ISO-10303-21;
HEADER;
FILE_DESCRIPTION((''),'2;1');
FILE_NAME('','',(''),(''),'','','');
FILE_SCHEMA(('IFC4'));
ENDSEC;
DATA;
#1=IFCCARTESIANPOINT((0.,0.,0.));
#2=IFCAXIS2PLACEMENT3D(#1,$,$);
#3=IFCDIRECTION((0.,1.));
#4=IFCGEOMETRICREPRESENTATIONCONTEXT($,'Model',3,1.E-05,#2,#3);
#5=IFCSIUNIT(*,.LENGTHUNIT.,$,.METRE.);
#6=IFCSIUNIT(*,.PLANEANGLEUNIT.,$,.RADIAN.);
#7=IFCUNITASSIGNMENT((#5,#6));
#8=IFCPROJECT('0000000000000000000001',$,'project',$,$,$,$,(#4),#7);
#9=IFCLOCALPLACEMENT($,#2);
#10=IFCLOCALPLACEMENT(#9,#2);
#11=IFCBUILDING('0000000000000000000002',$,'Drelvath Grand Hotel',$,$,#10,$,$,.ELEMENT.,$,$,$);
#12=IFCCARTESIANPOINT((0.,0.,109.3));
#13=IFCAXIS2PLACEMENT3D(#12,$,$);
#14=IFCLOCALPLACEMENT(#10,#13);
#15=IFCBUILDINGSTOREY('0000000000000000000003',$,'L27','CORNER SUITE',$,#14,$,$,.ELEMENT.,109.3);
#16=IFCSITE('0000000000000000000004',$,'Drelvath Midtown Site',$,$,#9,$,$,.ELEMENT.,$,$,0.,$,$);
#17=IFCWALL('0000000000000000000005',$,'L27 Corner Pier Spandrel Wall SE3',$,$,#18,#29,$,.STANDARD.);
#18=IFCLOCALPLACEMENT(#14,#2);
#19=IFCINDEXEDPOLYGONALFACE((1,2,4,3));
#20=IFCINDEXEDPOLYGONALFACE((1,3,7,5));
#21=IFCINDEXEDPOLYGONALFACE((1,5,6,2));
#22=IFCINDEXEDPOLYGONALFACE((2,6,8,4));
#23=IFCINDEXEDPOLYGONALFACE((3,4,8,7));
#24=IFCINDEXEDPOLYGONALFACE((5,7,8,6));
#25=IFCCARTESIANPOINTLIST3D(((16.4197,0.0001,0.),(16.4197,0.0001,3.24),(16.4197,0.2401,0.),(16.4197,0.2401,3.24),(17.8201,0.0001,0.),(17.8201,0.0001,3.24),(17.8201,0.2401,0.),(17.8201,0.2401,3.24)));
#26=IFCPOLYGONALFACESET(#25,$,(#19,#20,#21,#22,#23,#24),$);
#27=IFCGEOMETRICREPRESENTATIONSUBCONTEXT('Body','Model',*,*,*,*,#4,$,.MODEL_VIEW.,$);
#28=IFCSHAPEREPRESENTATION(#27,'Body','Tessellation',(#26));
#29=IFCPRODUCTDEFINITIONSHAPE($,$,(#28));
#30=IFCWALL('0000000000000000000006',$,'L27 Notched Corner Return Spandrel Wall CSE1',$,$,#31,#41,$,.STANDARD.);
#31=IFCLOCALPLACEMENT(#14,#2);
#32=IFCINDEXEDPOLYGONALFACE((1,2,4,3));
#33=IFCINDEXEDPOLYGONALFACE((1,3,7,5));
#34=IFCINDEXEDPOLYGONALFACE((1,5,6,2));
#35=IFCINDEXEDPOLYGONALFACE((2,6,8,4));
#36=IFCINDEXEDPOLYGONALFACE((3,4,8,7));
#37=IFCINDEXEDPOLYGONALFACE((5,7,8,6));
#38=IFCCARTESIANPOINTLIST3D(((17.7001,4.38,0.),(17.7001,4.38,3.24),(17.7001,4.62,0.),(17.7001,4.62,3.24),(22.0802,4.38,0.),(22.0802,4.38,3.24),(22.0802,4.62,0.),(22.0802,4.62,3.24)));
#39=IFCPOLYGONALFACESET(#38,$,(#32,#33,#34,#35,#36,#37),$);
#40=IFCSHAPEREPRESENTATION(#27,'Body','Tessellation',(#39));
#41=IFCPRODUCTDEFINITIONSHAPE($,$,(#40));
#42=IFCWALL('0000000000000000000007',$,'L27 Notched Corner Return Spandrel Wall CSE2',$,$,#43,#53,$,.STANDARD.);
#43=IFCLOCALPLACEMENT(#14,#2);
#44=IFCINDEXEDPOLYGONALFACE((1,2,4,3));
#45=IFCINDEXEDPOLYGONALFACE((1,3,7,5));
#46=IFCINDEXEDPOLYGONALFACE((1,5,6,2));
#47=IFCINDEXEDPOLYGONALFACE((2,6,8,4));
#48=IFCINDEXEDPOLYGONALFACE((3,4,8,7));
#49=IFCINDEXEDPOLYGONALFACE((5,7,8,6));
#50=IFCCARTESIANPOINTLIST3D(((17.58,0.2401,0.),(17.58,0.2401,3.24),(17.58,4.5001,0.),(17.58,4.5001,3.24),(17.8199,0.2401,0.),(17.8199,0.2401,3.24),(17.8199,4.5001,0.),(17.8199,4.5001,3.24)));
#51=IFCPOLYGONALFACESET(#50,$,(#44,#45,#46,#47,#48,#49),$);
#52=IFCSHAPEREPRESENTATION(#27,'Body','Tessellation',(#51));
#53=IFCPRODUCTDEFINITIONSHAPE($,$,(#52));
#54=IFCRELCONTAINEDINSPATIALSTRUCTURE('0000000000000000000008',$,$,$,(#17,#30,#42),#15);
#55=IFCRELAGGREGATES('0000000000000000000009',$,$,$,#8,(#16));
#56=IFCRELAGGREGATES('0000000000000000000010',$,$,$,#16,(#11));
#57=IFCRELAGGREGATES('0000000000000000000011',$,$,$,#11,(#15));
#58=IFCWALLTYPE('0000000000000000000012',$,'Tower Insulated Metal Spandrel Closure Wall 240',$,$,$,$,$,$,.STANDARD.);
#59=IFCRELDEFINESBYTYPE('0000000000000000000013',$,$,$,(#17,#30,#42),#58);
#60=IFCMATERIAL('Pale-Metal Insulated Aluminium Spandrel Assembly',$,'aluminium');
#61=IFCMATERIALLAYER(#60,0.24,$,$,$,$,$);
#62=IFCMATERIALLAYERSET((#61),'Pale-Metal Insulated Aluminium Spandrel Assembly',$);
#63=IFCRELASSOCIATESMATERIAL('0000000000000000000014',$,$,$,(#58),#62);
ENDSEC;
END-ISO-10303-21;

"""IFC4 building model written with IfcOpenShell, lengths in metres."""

from ifc_helpers import new_model, si_unit, direction, frame, frame_2d, origin, place, context, subcontext, project, spatial, rectangle, extrude, material, layer, layer_set, type_object, element, save


model = new_model("IFC4")

# Units and contexts
model_context = context("Model", 3, precision=1e-05, world=origin(), true_north=direction((0.0, 1.0)))
body_context = subcontext(model_context, "Body", "Model", "MODEL_VIEW")
ifc_project = project(units=[si_unit("LENGTHUNIT", "METRE"), si_unit("PLANEANGLEUNIT", "RADIAN")], contexts=[model_context])

# Site, building, storey
site_placement = place(None, origin())
site = spatial("IfcSite", under=ifc_project, at=site_placement, Name="Drelvath Midtown Site", CompositionType="ELEMENT", RefElevation=0.0)
building_placement = place(site_placement, origin())
building = spatial("IfcBuilding", under=site, at=building_placement, Name="Drelvath Grand Hotel", CompositionType="ELEMENT")
storey_placement = place(building_placement, frame((0.0, 0.0, 109.3)))
storey = spatial("IfcBuildingStorey", under=building, at=storey_placement, Name="L27", Description="CORNER SUITE", CompositionType="ELEMENT", Elevation=109.3)

# Walls
ifc_material_1 = material(Name="Pale-Metal Insulated Aluminium Spandrel Assembly", Category="aluminium")
ifc_layer_1 = layer(ifc_material_1, 0.24)
ifc_layer_set_1 = layer_set([ifc_layer_1], Name="Pale-Metal Insulated Aluminium Spandrel Assembly")
wall_type_1 = type_object("IfcWallType", Name="Tower Insulated Metal Spandrel Closure Wall 240", PredefinedType="STANDARD", material=ifc_layer_set_1)
wall_1_placement = place(storey_placement, frame((17.8201, 0.1201, 0.0), z_axis=(0.0, 0.0, 1.0), x_axis=(-1.0, 0.0, 0.0)))
element("IfcWall", 1, at=wall_1_placement, inside=storey, type_object=wall_type_1, Name="L27 Corner Pier Spandrel Wall SE3", PredefinedType="STANDARD", context=body_context, shape_type="SweptSolid", body=[
    extrude(rectangle(XDim=1.4004, YDim=0.24, at=frame_2d((0.7002, 0.0))), origin(), (0.0, 0.0, 1.0), 3.24),
])
wall_2_placement = place(storey_placement, frame((22.0801, 4.5, 0.0), z_axis=(0.0, 0.0, 1.0), x_axis=(-1.0, 0.0, 0.0)))
element("IfcWall", 2, at=wall_2_placement, inside=storey, type_object=wall_type_1, Name="L27 Notched Corner Return Spandrel Wall CSE1", PredefinedType="STANDARD", context=body_context, shape_type="SweptSolid", body=[
    extrude(rectangle(XDim=4.3801, YDim=0.24, at=frame_2d((2.1899, 0.0))), origin(), (0.0, 0.0, 1.0), 3.24),
])
wall_3_placement = place(storey_placement, frame((17.7, 4.5, 0.0), z_axis=(0.0, 0.0, 1.0), x_axis=(0.0, -1.0, 0.0)))
element("IfcWall", 3, at=wall_3_placement, inside=storey, type_object=wall_type_1, Name="L27 Notched Corner Return Spandrel Wall CSE2", PredefinedType="STANDARD", context=body_context, shape_type="SweptSolid", body=[
    extrude(rectangle(XDim=4.26, YDim=0.24, at=frame_2d((2.1299, 0.0))), origin(), (0.0, 0.0, 1.0), 3.24),
])

save(model, "model.ifc")
